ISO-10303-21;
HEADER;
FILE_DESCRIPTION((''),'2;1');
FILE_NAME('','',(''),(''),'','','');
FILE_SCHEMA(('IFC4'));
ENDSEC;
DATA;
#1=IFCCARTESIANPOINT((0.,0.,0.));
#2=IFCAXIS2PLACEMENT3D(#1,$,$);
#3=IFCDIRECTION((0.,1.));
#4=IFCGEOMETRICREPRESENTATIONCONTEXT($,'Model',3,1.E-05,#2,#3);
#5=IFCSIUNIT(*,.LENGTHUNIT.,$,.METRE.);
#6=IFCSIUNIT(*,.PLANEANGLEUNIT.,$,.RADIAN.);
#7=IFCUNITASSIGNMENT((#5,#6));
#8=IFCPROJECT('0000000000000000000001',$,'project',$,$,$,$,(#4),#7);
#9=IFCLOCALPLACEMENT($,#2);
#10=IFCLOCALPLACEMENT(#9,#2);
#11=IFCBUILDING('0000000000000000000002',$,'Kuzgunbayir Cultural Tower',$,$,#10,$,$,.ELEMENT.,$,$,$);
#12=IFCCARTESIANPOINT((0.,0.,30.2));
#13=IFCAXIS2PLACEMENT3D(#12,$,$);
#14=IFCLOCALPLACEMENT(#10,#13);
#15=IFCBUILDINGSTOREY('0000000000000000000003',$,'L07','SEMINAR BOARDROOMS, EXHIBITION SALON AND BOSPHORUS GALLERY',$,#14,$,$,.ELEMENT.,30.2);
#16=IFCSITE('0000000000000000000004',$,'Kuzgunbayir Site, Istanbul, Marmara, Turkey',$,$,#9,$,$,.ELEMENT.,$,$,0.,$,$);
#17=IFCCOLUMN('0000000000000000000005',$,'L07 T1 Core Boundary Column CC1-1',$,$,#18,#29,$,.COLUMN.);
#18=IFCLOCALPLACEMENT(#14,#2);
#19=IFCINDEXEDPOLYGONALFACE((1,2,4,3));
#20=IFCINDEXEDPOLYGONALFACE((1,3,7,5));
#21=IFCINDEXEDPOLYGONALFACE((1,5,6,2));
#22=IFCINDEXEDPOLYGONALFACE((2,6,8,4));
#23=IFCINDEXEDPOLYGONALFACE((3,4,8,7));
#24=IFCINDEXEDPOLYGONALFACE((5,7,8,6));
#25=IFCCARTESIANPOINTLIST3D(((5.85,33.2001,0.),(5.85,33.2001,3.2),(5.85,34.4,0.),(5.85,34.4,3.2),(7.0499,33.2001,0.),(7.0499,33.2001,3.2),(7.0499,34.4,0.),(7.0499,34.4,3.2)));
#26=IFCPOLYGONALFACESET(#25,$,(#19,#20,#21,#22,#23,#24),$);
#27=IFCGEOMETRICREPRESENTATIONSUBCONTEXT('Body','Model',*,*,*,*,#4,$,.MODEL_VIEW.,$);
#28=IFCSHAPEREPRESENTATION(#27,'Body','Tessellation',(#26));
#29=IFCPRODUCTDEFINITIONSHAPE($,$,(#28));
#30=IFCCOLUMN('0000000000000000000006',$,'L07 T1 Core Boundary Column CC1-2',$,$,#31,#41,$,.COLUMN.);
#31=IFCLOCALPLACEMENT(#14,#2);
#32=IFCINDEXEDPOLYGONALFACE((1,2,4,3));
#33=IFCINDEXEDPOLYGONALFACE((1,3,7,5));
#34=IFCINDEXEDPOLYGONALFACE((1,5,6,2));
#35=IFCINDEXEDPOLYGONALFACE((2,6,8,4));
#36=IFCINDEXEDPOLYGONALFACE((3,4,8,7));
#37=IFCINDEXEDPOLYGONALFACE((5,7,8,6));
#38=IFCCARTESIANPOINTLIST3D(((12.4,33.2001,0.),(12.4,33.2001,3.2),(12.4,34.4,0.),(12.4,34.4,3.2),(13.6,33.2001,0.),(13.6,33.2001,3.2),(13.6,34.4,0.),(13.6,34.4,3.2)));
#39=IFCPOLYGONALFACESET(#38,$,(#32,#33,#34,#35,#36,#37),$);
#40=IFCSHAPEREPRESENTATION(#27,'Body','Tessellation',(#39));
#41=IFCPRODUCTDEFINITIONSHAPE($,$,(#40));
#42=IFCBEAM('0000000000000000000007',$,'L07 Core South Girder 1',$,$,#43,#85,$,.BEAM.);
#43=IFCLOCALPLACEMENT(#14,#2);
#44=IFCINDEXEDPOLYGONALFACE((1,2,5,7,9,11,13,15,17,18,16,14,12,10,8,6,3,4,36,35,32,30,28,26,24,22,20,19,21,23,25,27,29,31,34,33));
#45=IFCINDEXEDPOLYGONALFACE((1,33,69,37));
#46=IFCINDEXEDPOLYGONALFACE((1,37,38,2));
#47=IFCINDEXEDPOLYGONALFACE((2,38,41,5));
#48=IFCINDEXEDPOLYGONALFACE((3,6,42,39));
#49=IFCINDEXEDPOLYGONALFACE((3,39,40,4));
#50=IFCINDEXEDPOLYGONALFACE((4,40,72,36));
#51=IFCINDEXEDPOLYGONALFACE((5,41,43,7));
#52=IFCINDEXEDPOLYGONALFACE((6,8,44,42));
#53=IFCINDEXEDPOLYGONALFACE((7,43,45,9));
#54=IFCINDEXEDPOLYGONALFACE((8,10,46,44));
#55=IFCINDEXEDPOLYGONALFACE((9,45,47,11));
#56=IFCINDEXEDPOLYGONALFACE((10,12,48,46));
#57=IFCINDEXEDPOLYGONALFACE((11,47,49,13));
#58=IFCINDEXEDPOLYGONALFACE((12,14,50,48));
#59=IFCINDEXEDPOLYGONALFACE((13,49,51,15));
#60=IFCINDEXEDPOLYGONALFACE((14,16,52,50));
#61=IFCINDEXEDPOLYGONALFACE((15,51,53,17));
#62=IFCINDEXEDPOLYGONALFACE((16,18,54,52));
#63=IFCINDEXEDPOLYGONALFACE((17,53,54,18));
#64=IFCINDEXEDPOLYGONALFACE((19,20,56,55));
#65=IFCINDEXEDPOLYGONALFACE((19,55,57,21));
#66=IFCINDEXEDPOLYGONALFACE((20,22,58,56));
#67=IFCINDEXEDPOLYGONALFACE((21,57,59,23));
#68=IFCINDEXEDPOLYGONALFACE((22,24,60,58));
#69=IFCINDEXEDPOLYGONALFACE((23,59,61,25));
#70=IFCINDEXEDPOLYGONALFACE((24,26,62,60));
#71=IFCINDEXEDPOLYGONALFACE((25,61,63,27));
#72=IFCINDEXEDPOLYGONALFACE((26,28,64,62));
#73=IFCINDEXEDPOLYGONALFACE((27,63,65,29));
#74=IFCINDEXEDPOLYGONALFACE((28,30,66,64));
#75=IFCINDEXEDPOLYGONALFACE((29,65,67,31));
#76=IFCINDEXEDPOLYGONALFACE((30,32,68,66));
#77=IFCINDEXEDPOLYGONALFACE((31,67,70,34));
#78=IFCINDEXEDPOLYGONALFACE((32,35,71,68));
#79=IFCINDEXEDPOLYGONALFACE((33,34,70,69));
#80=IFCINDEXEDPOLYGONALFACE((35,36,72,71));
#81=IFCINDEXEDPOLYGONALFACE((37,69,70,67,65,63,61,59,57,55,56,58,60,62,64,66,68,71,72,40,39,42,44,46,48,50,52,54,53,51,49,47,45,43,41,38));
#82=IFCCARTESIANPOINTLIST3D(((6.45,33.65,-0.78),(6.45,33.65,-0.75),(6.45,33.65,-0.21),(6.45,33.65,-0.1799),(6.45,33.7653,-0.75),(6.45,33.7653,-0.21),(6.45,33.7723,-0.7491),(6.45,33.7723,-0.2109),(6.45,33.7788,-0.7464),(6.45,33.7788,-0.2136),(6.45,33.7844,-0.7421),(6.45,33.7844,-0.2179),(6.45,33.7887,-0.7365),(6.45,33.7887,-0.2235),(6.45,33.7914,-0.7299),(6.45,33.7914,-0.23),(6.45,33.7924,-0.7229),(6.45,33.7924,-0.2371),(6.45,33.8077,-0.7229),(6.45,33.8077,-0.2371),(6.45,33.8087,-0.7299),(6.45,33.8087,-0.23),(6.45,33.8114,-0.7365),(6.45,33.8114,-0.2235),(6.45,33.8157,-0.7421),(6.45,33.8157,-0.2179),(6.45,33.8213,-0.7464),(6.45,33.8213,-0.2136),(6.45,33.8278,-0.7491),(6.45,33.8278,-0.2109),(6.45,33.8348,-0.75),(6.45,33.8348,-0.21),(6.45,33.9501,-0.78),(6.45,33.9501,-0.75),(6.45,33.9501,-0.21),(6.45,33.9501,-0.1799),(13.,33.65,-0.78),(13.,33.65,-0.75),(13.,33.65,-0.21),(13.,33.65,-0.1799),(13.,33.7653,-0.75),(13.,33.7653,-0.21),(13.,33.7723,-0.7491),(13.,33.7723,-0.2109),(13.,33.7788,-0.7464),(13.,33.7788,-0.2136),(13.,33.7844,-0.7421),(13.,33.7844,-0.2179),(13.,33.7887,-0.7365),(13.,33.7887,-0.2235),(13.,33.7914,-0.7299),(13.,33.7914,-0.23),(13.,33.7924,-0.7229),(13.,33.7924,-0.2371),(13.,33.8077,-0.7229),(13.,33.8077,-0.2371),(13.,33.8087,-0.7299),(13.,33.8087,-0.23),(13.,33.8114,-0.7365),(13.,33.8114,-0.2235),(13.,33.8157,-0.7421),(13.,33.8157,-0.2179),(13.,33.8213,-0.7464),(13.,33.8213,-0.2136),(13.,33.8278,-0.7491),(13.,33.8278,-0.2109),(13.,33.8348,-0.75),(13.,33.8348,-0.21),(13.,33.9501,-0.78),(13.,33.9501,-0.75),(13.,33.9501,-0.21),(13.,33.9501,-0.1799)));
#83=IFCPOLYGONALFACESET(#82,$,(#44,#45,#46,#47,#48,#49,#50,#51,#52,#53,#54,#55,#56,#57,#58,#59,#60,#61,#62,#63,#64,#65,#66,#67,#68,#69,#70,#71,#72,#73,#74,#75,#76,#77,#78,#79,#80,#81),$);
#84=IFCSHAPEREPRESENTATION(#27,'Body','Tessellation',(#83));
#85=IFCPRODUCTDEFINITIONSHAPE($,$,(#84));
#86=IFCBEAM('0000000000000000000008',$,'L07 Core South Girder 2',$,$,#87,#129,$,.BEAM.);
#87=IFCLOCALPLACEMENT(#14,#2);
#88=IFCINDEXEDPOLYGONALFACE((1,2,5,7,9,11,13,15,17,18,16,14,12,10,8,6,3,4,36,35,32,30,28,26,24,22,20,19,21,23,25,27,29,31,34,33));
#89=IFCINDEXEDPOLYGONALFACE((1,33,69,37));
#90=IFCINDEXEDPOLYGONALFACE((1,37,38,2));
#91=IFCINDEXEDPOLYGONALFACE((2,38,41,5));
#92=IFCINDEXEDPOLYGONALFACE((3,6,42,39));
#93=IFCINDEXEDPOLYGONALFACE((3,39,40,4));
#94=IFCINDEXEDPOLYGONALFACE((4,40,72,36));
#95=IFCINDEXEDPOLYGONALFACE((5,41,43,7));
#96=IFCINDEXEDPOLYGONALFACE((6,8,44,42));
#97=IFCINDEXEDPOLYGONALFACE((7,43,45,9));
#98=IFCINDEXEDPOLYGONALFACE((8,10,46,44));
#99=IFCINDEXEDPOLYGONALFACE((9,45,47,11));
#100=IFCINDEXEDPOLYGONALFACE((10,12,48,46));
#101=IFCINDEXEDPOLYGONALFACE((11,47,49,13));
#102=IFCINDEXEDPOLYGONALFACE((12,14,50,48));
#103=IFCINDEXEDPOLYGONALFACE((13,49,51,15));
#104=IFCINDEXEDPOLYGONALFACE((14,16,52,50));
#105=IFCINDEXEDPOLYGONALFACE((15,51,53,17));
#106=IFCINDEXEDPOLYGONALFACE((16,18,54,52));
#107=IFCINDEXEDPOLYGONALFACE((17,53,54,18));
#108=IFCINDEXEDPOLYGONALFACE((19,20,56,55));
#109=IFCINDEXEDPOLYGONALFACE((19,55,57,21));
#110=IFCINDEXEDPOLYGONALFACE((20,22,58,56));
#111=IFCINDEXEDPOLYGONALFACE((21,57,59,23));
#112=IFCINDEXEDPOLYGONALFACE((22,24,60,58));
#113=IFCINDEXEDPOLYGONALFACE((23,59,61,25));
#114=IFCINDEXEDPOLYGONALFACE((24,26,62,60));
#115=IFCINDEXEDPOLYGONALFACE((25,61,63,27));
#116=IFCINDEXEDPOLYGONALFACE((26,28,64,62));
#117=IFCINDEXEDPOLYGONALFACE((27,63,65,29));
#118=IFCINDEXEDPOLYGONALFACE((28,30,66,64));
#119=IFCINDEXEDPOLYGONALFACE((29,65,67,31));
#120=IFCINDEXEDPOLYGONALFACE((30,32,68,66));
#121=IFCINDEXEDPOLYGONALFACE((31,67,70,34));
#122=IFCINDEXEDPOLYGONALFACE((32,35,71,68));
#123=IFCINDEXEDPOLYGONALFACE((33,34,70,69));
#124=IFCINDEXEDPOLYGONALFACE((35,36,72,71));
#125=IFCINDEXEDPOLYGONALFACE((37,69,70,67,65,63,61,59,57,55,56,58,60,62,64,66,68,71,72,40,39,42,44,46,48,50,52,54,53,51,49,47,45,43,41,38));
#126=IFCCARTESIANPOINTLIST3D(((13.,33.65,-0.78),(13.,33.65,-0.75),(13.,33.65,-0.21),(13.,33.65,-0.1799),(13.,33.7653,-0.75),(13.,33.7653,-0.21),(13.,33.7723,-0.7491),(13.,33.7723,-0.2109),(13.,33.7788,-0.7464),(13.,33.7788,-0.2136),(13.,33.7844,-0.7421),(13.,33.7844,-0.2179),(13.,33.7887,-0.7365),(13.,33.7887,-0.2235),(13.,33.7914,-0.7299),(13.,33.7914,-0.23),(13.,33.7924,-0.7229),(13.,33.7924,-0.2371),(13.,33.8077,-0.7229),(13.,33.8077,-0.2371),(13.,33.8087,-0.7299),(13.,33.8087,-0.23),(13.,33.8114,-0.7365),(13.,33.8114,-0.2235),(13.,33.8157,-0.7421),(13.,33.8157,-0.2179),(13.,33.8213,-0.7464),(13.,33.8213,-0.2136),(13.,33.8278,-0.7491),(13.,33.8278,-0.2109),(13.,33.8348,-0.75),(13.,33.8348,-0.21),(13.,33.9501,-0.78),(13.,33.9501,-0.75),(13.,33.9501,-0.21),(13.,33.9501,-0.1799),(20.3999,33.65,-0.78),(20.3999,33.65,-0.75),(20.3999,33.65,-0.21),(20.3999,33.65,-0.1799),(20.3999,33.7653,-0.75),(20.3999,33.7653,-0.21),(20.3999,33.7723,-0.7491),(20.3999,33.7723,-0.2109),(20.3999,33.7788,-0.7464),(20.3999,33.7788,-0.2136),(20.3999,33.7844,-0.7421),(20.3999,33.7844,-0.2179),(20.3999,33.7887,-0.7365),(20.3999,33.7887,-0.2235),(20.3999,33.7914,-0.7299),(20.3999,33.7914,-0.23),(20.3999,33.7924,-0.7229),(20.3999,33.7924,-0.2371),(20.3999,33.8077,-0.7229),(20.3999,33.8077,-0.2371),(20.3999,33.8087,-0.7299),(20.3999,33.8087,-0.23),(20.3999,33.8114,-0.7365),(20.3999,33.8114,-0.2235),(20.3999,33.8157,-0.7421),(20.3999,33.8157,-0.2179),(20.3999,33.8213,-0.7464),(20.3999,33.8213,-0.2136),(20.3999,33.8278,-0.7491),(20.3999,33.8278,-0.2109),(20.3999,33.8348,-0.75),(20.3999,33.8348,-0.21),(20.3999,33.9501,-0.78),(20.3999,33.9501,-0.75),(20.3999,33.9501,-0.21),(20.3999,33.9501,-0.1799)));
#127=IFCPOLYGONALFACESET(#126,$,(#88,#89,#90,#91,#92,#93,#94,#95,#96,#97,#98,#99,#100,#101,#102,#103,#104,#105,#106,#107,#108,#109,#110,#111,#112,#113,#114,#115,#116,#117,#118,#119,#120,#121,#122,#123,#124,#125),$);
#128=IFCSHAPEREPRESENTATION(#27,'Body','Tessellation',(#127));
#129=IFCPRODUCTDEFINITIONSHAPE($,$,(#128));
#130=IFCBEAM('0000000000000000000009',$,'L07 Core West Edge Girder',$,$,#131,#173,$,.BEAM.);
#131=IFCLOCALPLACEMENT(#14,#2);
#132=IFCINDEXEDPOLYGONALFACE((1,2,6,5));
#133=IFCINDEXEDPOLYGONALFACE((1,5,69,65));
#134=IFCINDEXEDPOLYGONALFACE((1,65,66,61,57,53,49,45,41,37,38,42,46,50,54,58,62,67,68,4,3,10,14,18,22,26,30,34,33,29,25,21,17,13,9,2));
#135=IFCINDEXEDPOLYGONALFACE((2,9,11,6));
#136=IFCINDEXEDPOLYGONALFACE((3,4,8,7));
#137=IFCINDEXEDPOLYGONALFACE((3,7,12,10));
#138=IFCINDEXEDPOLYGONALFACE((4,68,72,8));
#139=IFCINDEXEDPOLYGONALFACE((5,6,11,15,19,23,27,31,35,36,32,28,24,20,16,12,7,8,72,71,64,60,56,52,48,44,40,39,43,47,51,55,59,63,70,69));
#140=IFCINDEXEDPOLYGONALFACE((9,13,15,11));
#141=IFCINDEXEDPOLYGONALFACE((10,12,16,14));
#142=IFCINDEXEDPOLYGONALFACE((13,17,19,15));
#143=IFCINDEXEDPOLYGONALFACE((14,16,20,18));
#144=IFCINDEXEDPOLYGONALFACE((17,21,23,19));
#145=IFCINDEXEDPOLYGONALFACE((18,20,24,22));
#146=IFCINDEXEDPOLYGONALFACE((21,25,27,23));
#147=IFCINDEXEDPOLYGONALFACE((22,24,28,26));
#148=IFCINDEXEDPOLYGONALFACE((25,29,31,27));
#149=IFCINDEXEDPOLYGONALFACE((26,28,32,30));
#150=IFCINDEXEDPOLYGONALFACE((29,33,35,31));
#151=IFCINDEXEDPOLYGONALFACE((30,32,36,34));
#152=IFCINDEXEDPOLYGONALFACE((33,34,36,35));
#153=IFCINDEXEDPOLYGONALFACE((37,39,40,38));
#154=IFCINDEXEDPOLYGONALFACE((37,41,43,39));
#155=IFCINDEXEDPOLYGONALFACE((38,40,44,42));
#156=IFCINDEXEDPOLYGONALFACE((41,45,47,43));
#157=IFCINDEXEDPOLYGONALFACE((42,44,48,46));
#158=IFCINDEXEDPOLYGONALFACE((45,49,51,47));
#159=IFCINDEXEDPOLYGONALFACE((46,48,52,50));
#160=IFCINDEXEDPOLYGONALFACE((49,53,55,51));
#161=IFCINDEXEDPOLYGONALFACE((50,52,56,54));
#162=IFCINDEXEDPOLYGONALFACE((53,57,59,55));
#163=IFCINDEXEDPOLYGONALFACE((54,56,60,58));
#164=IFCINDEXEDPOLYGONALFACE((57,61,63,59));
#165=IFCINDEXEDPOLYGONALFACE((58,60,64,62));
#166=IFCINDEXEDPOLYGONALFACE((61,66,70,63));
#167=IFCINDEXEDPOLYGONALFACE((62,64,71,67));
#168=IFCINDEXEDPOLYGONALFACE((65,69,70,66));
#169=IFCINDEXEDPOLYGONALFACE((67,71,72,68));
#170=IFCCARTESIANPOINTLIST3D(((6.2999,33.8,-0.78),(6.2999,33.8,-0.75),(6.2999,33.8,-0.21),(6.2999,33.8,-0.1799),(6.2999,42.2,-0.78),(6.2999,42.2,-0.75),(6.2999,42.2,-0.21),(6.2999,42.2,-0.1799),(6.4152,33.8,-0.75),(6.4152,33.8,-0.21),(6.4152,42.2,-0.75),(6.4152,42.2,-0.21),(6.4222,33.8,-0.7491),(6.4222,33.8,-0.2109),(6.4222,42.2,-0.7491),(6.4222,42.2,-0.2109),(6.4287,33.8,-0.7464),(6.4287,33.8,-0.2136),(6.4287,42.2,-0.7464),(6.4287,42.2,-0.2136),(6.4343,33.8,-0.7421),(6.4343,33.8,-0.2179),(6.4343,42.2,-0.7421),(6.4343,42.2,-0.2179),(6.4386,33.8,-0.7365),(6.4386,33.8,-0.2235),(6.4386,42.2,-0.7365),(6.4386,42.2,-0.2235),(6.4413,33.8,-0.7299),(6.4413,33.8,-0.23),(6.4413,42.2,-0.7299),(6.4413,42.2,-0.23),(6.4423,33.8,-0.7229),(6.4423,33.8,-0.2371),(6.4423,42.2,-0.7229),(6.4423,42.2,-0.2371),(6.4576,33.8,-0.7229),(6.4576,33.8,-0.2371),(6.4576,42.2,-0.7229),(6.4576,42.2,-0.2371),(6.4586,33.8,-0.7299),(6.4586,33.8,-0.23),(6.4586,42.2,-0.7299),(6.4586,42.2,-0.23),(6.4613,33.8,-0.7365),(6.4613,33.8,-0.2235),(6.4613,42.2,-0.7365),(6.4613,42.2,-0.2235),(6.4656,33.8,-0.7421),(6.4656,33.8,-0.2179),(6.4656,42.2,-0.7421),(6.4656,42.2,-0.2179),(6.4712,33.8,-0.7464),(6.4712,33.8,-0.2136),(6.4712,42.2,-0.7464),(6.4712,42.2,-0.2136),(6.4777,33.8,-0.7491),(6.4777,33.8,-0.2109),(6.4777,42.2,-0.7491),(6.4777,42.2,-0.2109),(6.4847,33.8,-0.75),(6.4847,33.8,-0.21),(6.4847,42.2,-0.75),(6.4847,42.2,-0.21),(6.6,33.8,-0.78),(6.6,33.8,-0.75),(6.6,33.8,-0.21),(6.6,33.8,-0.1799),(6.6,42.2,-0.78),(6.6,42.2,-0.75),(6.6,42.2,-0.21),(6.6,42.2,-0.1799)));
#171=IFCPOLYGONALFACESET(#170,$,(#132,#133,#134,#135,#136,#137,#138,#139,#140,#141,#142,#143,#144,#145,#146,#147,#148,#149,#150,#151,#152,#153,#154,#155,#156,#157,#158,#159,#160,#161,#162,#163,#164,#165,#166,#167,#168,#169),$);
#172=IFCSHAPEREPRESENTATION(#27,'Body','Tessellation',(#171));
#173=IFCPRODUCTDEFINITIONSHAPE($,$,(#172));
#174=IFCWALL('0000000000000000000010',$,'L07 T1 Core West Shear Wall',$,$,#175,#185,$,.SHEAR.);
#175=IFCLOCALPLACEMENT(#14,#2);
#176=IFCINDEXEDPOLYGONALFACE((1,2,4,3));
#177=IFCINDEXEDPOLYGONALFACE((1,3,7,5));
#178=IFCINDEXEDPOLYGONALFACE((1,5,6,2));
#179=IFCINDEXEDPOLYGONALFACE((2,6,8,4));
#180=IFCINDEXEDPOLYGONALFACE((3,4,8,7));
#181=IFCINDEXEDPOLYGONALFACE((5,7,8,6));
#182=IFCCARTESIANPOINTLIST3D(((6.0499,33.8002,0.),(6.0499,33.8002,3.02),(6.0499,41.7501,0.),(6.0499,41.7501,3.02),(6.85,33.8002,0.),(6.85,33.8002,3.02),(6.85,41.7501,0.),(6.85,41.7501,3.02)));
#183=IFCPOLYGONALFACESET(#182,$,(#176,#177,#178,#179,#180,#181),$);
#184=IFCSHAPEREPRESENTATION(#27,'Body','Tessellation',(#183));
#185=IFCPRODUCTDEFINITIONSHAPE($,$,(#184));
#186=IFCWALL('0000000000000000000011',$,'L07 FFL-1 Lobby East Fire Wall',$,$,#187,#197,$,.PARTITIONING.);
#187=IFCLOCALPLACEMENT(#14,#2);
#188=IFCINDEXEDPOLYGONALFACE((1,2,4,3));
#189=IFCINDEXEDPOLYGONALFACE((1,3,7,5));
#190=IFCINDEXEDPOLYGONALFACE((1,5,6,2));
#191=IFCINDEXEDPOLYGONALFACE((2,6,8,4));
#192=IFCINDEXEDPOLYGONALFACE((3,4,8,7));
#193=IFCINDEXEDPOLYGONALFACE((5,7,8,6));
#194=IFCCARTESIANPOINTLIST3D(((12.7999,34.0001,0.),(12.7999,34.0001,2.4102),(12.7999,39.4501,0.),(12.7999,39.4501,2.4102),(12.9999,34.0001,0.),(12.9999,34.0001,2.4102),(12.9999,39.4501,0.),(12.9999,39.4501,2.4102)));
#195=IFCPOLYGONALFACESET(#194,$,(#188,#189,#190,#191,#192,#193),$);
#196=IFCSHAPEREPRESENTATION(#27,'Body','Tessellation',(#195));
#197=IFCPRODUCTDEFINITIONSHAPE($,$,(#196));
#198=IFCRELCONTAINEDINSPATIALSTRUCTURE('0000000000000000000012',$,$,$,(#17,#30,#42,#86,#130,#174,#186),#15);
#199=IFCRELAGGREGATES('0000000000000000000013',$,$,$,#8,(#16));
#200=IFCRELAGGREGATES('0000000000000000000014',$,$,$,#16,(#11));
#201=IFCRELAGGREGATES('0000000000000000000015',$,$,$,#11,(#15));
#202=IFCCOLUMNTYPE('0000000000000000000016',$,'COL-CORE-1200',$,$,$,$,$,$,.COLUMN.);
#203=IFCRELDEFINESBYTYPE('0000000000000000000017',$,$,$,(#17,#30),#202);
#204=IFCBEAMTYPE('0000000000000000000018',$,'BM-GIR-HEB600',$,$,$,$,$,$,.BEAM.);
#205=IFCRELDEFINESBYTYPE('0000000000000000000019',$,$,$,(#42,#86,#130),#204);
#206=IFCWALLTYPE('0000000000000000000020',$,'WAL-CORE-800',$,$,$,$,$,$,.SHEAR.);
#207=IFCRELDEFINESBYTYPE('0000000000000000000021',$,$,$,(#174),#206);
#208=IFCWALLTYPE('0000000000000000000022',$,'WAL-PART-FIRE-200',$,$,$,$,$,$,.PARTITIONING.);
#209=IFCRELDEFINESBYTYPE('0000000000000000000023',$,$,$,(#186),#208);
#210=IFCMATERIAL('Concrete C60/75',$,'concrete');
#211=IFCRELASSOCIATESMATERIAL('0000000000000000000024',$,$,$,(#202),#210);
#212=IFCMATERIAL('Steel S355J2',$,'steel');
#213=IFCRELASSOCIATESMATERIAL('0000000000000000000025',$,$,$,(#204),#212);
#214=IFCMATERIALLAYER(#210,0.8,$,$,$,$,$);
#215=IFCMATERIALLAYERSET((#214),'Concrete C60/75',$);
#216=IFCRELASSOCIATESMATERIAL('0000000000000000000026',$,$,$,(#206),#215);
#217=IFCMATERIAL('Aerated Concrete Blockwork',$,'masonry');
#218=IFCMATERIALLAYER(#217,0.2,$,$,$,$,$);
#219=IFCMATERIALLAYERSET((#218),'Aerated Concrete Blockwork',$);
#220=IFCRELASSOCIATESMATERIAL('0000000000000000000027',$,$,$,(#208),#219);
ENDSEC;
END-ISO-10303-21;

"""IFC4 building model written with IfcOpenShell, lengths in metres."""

from ifc_helpers import new_model, si_unit, direction, frame, frame_2d, origin, origin_2d, place, context, subcontext, project, spatial, rectangle, i_section, extrude, material, layer, layer_set, material_profile, profile_set, type_object, element, save


model = new_model("IFC4")

# Units and contexts
model_context = context("Model", 3, precision=1e-05, world=origin(), true_north=direction((0.0, 1.0)))
body_context = subcontext(model_context, "Body", "Model", "MODEL_VIEW")
ifc_project = project(units=[si_unit("LENGTHUNIT", "METRE"), si_unit("PLANEANGLEUNIT", "RADIAN")], contexts=[model_context])

# Site, building, storey
site_placement = place(None, origin())
site = spatial("IfcSite", under=ifc_project, at=site_placement, Name="Kuzgunbayir Site, Istanbul, Marmara, Turkey", CompositionType="ELEMENT", RefElevation=0.0)
building_placement = place(site_placement, origin())
building = spatial("IfcBuilding", under=site, at=building_placement, Name="Kuzgunbayir Cultural Tower", CompositionType="ELEMENT")
storey_placement = place(building_placement, frame((0.0, 0.0, 30.2)))
storey = spatial("IfcBuildingStorey", under=building, at=storey_placement, Name="L07", Description="SEMINAR BOARDROOMS, EXHIBITION SALON AND BOSPHORUS GALLERY", CompositionType="ELEMENT", Elevation=30.2)

# Columns
ifc_material_1 = material(Name="Concrete C60/75", Category="concrete")
ifc_material_profile_1 = material_profile(ifc_material_1, rectangle(XDim=1.2, YDim=1.2, at=origin_2d()), Name="RC 1200x1200")
ifc_profile_set_1 = profile_set([ifc_material_profile_1], Name="Concrete C60/75")
column_type = type_object("IfcColumnType", Name="COL-CORE-1200", PredefinedType="COLUMN", material=ifc_profile_set_1)
for number, where, z_axis, x_axis, name in (
    (1, (6.45, 33.8, 0.0), (0.0, 0.0, 1.0), (1.0, 0.0, 0.0), "L07 T1 Core Boundary Column CC1-1"),
    (2, (13.0, 33.8, 0.0), (0.0, 0.0, 1.0), (1.0, 0.0, 0.0), "L07 T1 Core Boundary Column CC1-2"),
):
    element("IfcColumn", number, at=place(storey_placement, frame(where, z_axis=z_axis, x_axis=x_axis)), inside=storey, type_object=column_type, Name=name, PredefinedType="COLUMN", context=body_context, shape_type="SweptSolid", body=[
        extrude(rectangle(XDim=1.2, YDim=1.2, at=origin_2d()), origin(), (0.0, 0.0, 1.0), 3.2),
    ])

# Beams
ifc_material_2 = material(Name="Steel S355J2", Category="steel")
ifc_material_profile_2 = material_profile(ifc_material_2, i_section(OverallWidth=0.3, OverallDepth=0.6001, WebThickness=0.0154, FlangeThickness=0.03, FilletRadius=0.0271, at=origin_2d()), Name="HEB 600")
ifc_profile_set_2 = profile_set([ifc_material_profile_2], Name="Steel S355J2")
beam_type = type_object("IfcBeamType", Name="BM-GIR-HEB600", PredefinedType="BEAM", material=ifc_profile_set_2)
beam_1_placement = place(storey_placement, frame((6.45, 33.8, -0.48), z_axis=(1.0, 0.0, 0.0), x_axis=(0.0, 1.0, 0.0)))
element("IfcBeam", 3, at=beam_1_placement, inside=storey, type_object=beam_type, Name="L07 Core South Girder 1", PredefinedType="BEAM", context=body_context, shape_type="SweptSolid", body=[
    extrude(i_section(OverallWidth=0.3, OverallDepth=0.6001, WebThickness=0.0154, FlangeThickness=0.03, FilletRadius=0.0271, at=origin_2d()), origin(), (0.0, 0.0, 1.0), 6.55),
])
beam_2_placement = place(storey_placement, frame((13.0, 33.8, -0.48), z_axis=(1.0, 0.0, 0.0), x_axis=(0.0, 1.0, 0.0)))
element("IfcBeam", 4, at=beam_2_placement, inside=storey, type_object=beam_type, Name="L07 Core South Girder 2", PredefinedType="BEAM", context=body_context, shape_type="SweptSolid", body=[
    extrude(i_section(OverallWidth=0.3, OverallDepth=0.6001, WebThickness=0.0154, FlangeThickness=0.03, FilletRadius=0.0271, at=origin_2d()), origin(), (0.0, 0.0, 1.0), 7.3999),
])
beam_3_placement = place(storey_placement, frame((6.45, 33.8, -0.48), z_axis=(0.0, 1.0, 0.0), x_axis=(-1.0, 0.0, 0.0)))
element("IfcBeam", 5, at=beam_3_placement, inside=storey, type_object=beam_type, Name="L07 Core West Edge Girder", PredefinedType="BEAM", context=body_context, shape_type="SweptSolid", body=[
    extrude(i_section(OverallWidth=0.3, OverallDepth=0.6001, WebThickness=0.0154, FlangeThickness=0.03, FilletRadius=0.0271, at=origin_2d()), origin(), (0.0, 0.0, 1.0), 8.3999),
])

# Walls
ifc_layer_1 = layer(ifc_material_1, 0.8)
ifc_layer_set_1 = layer_set([ifc_layer_1], Name="Concrete C60/75")
wall_type_1 = type_object("IfcWallType", Name="WAL-CORE-800", PredefinedType="SHEAR", material=ifc_layer_set_1)
wall_1_placement = place(storey_placement, frame((6.45, 33.8, 0.0), z_axis=(0.0, 0.0, 1.0), x_axis=(0.0, 1.0, 0.0)))
element("IfcWall", 6, at=wall_1_placement, inside=storey, type_object=wall_type_1, Name="L07 T1 Core West Shear Wall", PredefinedType="SHEAR", context=body_context, shape_type="SweptSolid", body=[
    extrude(rectangle(XDim=7.95, YDim=0.8, at=frame_2d((3.9751, 0.0))), origin(), (0.0, 0.0, 1.0), 3.02),
])
ifc_material_3 = material(Name="Aerated Concrete Blockwork", Category="masonry")
ifc_layer_2 = layer(ifc_material_3, 0.2)
ifc_layer_set_2 = layer_set([ifc_layer_2], Name="Aerated Concrete Blockwork")
wall_type_2 = type_object("IfcWallType", Name="WAL-PART-FIRE-200", PredefinedType="PARTITIONING", material=ifc_layer_set_2)
wall_2_placement = place(storey_placement, frame((12.8999, 34.0, 0.0), z_axis=(0.0, 0.0, 1.0), x_axis=(0.0, 1.0, 0.0)))
element("IfcWall", 7, at=wall_2_placement, inside=storey, type_object=wall_type_2, Name="L07 FFL-1 Lobby East Fire Wall", PredefinedType="PARTITIONING", context=body_context, shape_type="SweptSolid", body=[
    extrude(rectangle(XDim=5.45, YDim=0.2, at=frame_2d((2.7251, 0.0))), origin(), (0.0, 0.0, 1.0), 2.4102),
])

save(model, "model.ifc")
